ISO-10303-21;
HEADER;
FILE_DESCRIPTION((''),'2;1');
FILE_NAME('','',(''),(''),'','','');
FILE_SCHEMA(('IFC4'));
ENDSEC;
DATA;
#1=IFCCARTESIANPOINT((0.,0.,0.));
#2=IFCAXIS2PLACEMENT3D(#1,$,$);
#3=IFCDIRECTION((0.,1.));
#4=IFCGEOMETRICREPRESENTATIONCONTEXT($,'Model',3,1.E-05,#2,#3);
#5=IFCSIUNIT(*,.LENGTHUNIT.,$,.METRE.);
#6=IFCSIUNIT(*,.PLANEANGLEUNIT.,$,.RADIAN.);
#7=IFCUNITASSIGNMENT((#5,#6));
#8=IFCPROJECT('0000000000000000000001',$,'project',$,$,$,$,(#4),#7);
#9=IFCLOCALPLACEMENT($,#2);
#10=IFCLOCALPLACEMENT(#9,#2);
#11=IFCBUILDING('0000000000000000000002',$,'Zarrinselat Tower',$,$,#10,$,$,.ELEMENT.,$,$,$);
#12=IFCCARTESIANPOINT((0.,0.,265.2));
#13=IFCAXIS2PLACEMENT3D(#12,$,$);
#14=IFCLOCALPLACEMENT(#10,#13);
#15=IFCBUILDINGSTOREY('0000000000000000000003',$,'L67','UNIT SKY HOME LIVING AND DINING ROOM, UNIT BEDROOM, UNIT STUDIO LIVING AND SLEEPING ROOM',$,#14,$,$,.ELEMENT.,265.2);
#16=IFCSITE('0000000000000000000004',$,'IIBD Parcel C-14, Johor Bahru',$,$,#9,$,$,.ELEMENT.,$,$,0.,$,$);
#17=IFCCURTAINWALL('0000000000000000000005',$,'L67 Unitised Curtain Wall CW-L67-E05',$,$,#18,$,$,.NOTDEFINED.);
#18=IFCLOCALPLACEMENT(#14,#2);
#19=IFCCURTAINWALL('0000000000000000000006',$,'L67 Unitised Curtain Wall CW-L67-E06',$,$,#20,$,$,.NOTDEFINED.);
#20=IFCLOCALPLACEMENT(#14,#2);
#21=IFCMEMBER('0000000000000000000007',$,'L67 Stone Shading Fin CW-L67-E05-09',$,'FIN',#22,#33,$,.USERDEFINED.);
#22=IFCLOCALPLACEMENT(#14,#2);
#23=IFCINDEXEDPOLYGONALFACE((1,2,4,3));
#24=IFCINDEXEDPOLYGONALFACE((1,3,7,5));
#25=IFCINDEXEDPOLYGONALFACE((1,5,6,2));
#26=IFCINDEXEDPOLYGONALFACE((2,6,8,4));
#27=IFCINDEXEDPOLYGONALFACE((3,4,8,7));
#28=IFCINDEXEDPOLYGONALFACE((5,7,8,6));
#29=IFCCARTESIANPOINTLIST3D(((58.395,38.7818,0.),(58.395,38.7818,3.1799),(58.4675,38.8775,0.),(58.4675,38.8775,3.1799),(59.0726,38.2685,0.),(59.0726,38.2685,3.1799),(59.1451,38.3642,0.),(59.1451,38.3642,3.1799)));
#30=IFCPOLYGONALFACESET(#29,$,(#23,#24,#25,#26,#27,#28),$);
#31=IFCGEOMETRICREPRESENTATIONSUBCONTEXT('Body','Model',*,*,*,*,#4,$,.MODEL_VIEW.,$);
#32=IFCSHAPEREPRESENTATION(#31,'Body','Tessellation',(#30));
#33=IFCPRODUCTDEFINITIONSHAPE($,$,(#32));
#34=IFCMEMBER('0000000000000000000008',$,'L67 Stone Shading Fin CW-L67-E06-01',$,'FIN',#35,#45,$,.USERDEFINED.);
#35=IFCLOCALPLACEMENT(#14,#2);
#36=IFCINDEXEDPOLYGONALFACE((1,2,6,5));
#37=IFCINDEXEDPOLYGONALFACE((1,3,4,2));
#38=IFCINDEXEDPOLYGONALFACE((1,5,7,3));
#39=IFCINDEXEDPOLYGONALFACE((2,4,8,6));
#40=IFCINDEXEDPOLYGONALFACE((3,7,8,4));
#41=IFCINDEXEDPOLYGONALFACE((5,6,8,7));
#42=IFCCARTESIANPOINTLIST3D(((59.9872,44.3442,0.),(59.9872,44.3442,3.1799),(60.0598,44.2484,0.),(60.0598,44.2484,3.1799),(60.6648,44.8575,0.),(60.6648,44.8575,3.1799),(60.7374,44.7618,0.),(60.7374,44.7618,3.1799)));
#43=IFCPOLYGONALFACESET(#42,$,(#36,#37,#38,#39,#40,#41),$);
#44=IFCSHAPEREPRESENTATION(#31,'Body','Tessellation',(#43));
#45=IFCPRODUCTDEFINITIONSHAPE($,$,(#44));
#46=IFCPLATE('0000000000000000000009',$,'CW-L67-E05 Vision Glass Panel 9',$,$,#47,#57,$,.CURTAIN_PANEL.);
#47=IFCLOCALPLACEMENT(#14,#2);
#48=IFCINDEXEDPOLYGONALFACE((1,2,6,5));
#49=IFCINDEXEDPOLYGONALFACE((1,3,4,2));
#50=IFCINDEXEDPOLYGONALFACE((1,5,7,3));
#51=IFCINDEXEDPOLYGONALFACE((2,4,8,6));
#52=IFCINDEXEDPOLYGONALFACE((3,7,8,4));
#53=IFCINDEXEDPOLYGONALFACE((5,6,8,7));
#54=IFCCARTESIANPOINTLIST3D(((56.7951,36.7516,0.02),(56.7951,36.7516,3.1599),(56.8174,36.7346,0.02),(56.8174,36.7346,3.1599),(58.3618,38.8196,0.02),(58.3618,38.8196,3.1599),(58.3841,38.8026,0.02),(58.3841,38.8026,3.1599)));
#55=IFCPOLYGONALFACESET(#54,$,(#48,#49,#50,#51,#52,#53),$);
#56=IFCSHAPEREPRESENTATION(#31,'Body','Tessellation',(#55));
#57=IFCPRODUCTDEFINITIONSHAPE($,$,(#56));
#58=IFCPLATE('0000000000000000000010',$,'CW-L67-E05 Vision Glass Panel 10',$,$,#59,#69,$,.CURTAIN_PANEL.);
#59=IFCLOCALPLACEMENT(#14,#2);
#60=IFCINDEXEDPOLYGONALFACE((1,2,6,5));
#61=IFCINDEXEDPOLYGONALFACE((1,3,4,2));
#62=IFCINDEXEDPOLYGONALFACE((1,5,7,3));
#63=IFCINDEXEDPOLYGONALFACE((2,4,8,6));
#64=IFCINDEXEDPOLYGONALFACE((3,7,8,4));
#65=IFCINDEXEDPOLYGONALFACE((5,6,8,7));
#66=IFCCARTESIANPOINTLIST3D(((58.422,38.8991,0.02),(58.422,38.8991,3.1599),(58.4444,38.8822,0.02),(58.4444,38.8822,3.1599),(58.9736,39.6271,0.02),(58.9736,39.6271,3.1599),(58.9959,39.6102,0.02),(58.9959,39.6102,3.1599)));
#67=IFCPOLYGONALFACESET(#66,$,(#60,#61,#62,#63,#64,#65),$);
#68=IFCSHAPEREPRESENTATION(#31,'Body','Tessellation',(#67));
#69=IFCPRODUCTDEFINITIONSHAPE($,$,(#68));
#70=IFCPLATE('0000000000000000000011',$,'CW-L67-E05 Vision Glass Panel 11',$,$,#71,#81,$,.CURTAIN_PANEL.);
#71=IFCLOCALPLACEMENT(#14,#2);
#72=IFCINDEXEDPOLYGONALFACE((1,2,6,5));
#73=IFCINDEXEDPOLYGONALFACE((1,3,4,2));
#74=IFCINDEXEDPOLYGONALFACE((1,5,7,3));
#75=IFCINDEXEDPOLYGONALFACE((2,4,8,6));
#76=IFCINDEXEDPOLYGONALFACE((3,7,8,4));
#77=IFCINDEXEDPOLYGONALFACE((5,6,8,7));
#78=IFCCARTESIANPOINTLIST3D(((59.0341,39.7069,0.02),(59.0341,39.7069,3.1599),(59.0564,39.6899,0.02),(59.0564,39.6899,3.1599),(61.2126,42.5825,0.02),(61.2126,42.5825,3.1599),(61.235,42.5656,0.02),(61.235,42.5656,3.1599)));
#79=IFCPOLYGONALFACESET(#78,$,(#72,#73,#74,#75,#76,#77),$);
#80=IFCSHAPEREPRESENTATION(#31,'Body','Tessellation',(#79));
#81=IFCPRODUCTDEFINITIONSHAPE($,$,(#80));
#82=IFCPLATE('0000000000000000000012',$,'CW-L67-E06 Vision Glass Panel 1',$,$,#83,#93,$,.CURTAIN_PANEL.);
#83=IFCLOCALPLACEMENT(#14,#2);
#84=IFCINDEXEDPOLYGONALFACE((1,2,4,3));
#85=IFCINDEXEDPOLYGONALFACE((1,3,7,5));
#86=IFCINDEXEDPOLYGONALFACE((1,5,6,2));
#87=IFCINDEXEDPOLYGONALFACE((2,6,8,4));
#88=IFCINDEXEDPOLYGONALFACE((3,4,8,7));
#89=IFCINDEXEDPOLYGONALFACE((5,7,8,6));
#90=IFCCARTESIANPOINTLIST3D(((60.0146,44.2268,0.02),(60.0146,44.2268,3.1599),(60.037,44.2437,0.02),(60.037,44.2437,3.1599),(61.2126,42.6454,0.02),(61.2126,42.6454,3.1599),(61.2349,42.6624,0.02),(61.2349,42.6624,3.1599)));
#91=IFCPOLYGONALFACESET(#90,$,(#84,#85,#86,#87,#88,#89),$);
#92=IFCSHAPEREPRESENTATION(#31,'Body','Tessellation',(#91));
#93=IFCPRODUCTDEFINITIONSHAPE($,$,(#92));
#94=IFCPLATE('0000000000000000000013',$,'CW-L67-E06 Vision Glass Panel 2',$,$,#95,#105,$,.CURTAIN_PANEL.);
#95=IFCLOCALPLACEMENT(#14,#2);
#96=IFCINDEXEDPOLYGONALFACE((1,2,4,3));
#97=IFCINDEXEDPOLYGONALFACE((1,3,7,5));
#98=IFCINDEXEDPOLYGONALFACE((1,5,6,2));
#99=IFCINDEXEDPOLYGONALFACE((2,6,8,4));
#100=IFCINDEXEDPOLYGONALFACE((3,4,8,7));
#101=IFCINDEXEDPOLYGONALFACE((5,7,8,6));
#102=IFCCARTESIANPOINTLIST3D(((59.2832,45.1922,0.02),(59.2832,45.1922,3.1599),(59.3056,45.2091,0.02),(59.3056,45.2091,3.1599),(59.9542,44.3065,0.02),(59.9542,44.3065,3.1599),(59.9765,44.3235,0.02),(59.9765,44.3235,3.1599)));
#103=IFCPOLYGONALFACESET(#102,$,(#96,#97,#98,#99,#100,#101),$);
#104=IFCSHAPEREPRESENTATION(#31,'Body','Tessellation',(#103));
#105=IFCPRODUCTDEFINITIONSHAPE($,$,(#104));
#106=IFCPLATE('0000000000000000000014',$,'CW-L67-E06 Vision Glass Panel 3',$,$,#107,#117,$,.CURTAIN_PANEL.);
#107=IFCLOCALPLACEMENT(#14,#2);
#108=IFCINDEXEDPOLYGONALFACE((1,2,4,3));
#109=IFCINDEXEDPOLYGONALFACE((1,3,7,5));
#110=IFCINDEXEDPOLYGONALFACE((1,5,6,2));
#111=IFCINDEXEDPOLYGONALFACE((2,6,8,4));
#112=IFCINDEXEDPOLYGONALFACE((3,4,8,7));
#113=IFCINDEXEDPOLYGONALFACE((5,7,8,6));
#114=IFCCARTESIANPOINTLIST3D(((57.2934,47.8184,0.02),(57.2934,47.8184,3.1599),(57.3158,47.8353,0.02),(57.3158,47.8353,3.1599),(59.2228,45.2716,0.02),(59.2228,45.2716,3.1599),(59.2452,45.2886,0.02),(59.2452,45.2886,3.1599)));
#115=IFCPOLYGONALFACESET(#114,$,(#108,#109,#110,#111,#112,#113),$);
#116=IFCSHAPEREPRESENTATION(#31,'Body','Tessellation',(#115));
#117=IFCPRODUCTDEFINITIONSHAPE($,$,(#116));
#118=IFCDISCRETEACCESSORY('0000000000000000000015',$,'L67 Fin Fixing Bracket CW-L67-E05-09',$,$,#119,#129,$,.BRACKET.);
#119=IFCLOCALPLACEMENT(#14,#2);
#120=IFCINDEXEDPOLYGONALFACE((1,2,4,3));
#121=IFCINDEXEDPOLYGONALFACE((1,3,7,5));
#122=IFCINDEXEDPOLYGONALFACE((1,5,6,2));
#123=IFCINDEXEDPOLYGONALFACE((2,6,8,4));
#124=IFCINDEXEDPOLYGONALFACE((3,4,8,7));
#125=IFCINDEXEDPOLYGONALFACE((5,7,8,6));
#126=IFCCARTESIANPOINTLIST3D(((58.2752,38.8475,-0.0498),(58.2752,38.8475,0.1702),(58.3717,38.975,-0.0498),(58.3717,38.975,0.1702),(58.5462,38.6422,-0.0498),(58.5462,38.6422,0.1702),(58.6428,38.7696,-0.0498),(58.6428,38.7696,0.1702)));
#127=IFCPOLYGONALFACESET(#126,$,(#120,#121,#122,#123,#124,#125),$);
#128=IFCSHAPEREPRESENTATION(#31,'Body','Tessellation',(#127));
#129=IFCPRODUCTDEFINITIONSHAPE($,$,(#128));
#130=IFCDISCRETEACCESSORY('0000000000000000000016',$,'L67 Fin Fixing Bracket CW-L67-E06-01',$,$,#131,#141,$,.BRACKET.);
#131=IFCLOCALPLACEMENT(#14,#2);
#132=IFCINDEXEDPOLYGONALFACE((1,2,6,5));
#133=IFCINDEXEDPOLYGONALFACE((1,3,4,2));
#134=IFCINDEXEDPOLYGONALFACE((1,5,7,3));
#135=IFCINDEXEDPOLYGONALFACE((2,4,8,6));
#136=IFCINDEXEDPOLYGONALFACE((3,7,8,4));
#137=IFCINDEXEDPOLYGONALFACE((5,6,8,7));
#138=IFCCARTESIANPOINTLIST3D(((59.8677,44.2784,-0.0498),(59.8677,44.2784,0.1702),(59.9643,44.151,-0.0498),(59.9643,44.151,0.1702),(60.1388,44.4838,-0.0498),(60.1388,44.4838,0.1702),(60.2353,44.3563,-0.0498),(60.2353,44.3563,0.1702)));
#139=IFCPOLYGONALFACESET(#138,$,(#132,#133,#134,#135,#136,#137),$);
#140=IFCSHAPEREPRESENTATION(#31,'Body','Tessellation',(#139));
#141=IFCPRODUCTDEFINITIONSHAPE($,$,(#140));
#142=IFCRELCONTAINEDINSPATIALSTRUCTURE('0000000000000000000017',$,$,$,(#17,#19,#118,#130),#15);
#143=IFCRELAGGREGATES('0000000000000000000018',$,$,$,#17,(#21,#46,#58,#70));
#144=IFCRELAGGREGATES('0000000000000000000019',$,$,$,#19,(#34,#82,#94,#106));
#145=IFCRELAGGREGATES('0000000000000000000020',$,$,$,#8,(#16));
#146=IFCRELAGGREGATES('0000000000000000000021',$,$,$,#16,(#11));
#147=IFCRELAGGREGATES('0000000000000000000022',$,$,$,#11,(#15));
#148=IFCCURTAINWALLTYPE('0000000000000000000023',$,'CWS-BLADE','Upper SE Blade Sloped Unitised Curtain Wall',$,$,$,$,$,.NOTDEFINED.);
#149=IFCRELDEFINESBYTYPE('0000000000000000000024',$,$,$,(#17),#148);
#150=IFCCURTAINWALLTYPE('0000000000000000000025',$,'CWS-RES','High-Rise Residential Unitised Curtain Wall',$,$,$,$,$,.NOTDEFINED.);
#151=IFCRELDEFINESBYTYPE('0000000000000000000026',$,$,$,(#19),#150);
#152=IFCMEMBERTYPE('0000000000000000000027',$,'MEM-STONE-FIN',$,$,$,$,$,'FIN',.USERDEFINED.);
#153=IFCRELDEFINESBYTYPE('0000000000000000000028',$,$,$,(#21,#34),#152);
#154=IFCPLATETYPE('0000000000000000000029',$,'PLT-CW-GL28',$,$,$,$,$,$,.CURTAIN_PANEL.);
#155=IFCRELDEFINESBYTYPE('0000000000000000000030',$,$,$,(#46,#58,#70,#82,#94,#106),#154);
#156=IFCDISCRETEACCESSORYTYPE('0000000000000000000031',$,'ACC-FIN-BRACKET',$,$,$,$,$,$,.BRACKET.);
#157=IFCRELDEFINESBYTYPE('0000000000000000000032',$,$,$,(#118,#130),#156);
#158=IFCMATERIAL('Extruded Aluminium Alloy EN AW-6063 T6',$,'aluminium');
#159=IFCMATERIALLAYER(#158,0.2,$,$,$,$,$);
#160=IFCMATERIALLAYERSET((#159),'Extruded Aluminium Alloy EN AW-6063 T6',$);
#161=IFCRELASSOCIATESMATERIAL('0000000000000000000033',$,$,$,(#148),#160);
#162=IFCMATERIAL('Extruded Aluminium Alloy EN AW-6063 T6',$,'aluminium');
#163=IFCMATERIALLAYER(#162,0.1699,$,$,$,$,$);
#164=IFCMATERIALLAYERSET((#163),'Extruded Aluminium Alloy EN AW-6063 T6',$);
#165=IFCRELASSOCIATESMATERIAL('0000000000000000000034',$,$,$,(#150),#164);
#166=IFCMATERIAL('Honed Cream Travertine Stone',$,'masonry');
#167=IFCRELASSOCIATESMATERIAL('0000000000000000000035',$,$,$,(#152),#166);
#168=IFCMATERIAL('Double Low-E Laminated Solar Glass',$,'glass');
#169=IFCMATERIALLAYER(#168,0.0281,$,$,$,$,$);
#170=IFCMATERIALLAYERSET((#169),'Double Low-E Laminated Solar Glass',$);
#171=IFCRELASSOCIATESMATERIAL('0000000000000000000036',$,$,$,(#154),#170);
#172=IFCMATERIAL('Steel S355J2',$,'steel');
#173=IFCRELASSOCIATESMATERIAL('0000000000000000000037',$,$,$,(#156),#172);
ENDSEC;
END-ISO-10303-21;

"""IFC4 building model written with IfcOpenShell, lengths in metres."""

from ifc_helpers import new_model, si_unit, direction, frame, origin, origin_2d, place, context, subcontext, project, spatial, rectangle, extrude, material, layer, layer_set, material_profile, profile_set, type_object, element, aggregate, save


model = new_model("IFC4")

# Units and contexts
model_context = context("Model", 3, precision=1e-05, world=origin(), true_north=direction((0.0, 1.0)))
body_context = subcontext(model_context, "Body", "Model", "MODEL_VIEW")
ifc_project = project(units=[si_unit("LENGTHUNIT", "METRE"), si_unit("PLANEANGLEUNIT", "RADIAN")], contexts=[model_context])

# Site, building, storey
site_placement = place(None, origin())
site = spatial("IfcSite", under=ifc_project, at=site_placement, Name="IIBD Parcel C-14, Johor Bahru", CompositionType="ELEMENT", RefElevation=0.0)
building_placement = place(site_placement, origin())
building = spatial("IfcBuilding", under=site, at=building_placement, Name="Zarrinselat Tower", CompositionType="ELEMENT")
storey_placement = place(building_placement, frame((0.0, 0.0, 265.2)))
storey = spatial("IfcBuildingStorey", under=building, at=storey_placement, Name="L67", Description="UNIT SKY HOME LIVING AND DINING ROOM, UNIT BEDROOM, UNIT STUDIO LIVING AND SLEEPING ROOM", CompositionType="ELEMENT", Elevation=265.2)

# Curtain wall
ifc_material_1 = material(Name="Extruded Aluminium Alloy EN AW-6063 T6", Category="aluminium")
ifc_layer_1 = layer(ifc_material_1, 0.2)
ifc_layer_set_1 = layer_set([ifc_layer_1], Name="Extruded Aluminium Alloy EN AW-6063 T6")
curtain_wall_type_1 = type_object("IfcCurtainWallType", Name="CWS-BLADE", Description="Upper SE Blade Sloped Unitised Curtain Wall", PredefinedType="NOTDEFINED", material=ifc_layer_set_1)
curtain_wall_1_placement = place(storey_placement, origin())
curtain_wall_1 = element("IfcCurtainWall", 1, at=curtain_wall_1_placement, inside=storey, type_object=curtain_wall_type_1, Name="L67 Unitised Curtain Wall CW-L67-E05", PredefinedType="NOTDEFINED")

# Shared definitions
ifc_material_2 = material(Name="Extruded Aluminium Alloy EN AW-6063 T6", Category="aluminium")
ifc_layer_2 = layer(ifc_material_2, 0.1699)
ifc_layer_set_2 = layer_set([ifc_layer_2], Name="Extruded Aluminium Alloy EN AW-6063 T6")
curtain_wall_type_2 = type_object("IfcCurtainWallType", Name="CWS-RES", Description="High-Rise Residential Unitised Curtain Wall", PredefinedType="NOTDEFINED", material=ifc_layer_set_2)

# Curtain wall
curtain_wall_2_placement = place(storey_placement, origin())
curtain_wall_2 = element("IfcCurtainWall", 2, at=curtain_wall_2_placement, inside=storey, type_object=curtain_wall_type_2, Name="L67 Unitised Curtain Wall CW-L67-E06", PredefinedType="NOTDEFINED")

# Members
ifc_material_3 = material(Name="Honed Cream Travertine Stone", Category="masonry")
ifc_material_profile_1 = material_profile(ifc_material_3, rectangle(XDim=0.1201, YDim=0.8501, at=origin_2d()), Name="FIN 850x120")
ifc_profile_set_1 = profile_set([ifc_material_profile_1], Name="Honed Cream Travertine Stone")
member_type_1 = type_object("IfcMemberType", Name="MEM-STONE-FIN", ElementType="FIN", PredefinedType="USERDEFINED", material=ifc_profile_set_1)
member_1_placement = place(storey_placement, frame((58.77, 38.573, 0.0), z_axis=(0.0, 0.0, 1.0), x_axis=(-0.60386, -0.797091, 0.0)))
member_1 = element("IfcMember", 3, at=member_1_placement, type_object=member_type_1, Name="L67 Stone Shading Fin CW-L67-E05-09", ObjectType="FIN", PredefinedType="USERDEFINED", context=body_context, shape_type="SweptSolid", body=[
    extrude(rectangle(XDim=0.1201, YDim=0.8501, at=origin_2d()), origin(), (0.0, 0.0, 1.0), 3.1799),
])
member_2_placement = place(storey_placement, frame((60.3623, 44.553, 0.0), z_axis=(0.0, 0.0, 1.0), x_axis=(0.603858, -0.797092, 0.0)))
member_2 = element("IfcMember", 4, at=member_2_placement, type_object=member_type_1, Name="L67 Stone Shading Fin CW-L67-E06-01", ObjectType="FIN", PredefinedType="USERDEFINED", context=body_context, shape_type="SweptSolid", body=[
    extrude(rectangle(XDim=0.1201, YDim=0.8501, at=origin_2d()), origin(), (0.0, 0.0, 1.0), 3.1799),
])

# Plates
ifc_material_4 = material(Name="Double Low-E Laminated Solar Glass", Category="glass")
ifc_layer_3 = layer(ifc_material_4, 0.0281)
ifc_layer_set_3 = layer_set([ifc_layer_3], Name="Double Low-E Laminated Solar Glass")
plate_type = type_object("IfcPlateType", Name="PLT-CW-GL28", PredefinedType="CURTAIN_PANEL", material=ifc_layer_set_3)
plate_1_placement = place(storey_placement, frame((57.5896, 37.7771, 0.02), z_axis=(0.0, 0.0, 1.0), x_axis=(0.60386, 0.797091, 0.0)))
plate_1 = element("IfcPlate", 5, at=plate_1_placement, type_object=plate_type, Name="CW-L67-E05 Vision Glass Panel 9", PredefinedType="CURTAIN_PANEL", context=body_context, shape_type="SweptSolid", body=[
    extrude(rectangle(XDim=2.5945, YDim=0.0281, at=origin_2d()), origin(), (0.0, 0.0, 1.0), 3.1399),
])
plate_2_placement = place(storey_placement, frame((58.709, 39.2546, 0.02), z_axis=(0.0, 0.0, 1.0), x_axis=(0.60386, 0.797091, 0.0)))
plate_2 = element("IfcPlate", 6, at=plate_2_placement, type_object=plate_type, Name="CW-L67-E05 Vision Glass Panel 10", PredefinedType="CURTAIN_PANEL", context=body_context, shape_type="SweptSolid", body=[
    extrude(rectangle(XDim=0.9133, YDim=0.0281, at=origin_2d()), origin(), (0.0, 0.0, 1.0), 3.1399),
])
plate_3_placement = place(storey_placement, frame((60.1345, 41.1362, 0.02), z_axis=(0.0, 0.0, 1.0), x_axis=(0.60386, 0.797091, 0.0)))
plate_3 = element("IfcPlate", 7, at=plate_3_placement, type_object=plate_type, Name="CW-L67-E05 Vision Glass Panel 11", PredefinedType="CURTAIN_PANEL", context=body_context, shape_type="SweptSolid", body=[
    extrude(rectangle(XDim=3.6077, YDim=0.0281, at=origin_2d()), origin(), (0.0, 0.0, 1.0), 3.1399),
])
aggregate(curtain_wall_1, [member_1, plate_1, plate_2, plate_3])
plate_4_placement = place(storey_placement, frame((60.6248, 43.4446, 0.02), z_axis=(0.0, 0.0, 1.0), x_axis=(-0.603858, 0.797092, 0.0)))
plate_4 = element("IfcPlate", 8, at=plate_4_placement, type_object=plate_type, Name="CW-L67-E06 Vision Glass Panel 1", PredefinedType="CURTAIN_PANEL", context=body_context, shape_type="SweptSolid", body=[
    extrude(rectangle(XDim=1.9839, YDim=0.0281, at=origin_2d()), origin(), (0.0, 0.0, 1.0), 3.1399),
])
plate_5_placement = place(storey_placement, frame((59.6299, 44.7578, 0.02), z_axis=(0.0, 0.0, 1.0), x_axis=(-0.603858, 0.797092, 0.0)))
plate_5 = element("IfcPlate", 9, at=plate_5_placement, type_object=plate_type, Name="CW-L67-E06 Vision Glass Panel 2", PredefinedType="CURTAIN_PANEL", context=body_context, shape_type="SweptSolid", body=[
    extrude(rectangle(XDim=1.1111, YDim=0.0281, at=origin_2d()), origin(), (0.0, 0.0, 1.0), 3.1399),
])
plate_6_placement = place(storey_placement, frame((58.2693, 46.5535, 0.02), z_axis=(0.0, 0.0, 1.0), x_axis=(-0.603858, 0.797092, 0.0)))
plate_6 = element("IfcPlate", 10, at=plate_6_placement, type_object=plate_type, Name="CW-L67-E06 Vision Glass Panel 3", PredefinedType="CURTAIN_PANEL", context=body_context, shape_type="SweptSolid", body=[
    extrude(rectangle(XDim=3.1951, YDim=0.0281, at=origin_2d()), origin(), (0.0, 0.0, 1.0), 3.1399),
])
aggregate(curtain_wall_2, [member_2, plate_4, plate_5, plate_6])

# Discrete accessories
ifc_material_5 = material(Name="Steel S355J2", Category="steel")
discrete_accessory_type = type_object("IfcDiscreteAccessoryType", Name="ACC-FIN-BRACKET", PredefinedType="BRACKET", material=ifc_material_5)
for number, where, z_axis, x_axis, name in (
    (11, (58.459, 38.8086, -0.0498), (0.0, 0.0, 1.0), (0.797091, -0.60386, 0.0), "L67 Fin Fixing Bracket CW-L67-E05-09"),
    (12, (60.0515, 44.3174, -0.0498), (0.0, 0.0, 1.0), (0.797092, 0.603858, 0.0), "L67 Fin Fixing Bracket CW-L67-E06-01"),
):
    element("IfcDiscreteAccessory", number, at=place(storey_placement, frame(where, z_axis=z_axis, x_axis=x_axis)), inside=storey, type_object=discrete_accessory_type, Name=name, PredefinedType="BRACKET", context=body_context, shape_type="SweptSolid", body=[
        extrude(rectangle(XDim=0.3401, YDim=0.1599, at=origin_2d()), origin(), (0.0, 0.0, 1.0), 0.22),
    ])

save(model, "model.ifc")
